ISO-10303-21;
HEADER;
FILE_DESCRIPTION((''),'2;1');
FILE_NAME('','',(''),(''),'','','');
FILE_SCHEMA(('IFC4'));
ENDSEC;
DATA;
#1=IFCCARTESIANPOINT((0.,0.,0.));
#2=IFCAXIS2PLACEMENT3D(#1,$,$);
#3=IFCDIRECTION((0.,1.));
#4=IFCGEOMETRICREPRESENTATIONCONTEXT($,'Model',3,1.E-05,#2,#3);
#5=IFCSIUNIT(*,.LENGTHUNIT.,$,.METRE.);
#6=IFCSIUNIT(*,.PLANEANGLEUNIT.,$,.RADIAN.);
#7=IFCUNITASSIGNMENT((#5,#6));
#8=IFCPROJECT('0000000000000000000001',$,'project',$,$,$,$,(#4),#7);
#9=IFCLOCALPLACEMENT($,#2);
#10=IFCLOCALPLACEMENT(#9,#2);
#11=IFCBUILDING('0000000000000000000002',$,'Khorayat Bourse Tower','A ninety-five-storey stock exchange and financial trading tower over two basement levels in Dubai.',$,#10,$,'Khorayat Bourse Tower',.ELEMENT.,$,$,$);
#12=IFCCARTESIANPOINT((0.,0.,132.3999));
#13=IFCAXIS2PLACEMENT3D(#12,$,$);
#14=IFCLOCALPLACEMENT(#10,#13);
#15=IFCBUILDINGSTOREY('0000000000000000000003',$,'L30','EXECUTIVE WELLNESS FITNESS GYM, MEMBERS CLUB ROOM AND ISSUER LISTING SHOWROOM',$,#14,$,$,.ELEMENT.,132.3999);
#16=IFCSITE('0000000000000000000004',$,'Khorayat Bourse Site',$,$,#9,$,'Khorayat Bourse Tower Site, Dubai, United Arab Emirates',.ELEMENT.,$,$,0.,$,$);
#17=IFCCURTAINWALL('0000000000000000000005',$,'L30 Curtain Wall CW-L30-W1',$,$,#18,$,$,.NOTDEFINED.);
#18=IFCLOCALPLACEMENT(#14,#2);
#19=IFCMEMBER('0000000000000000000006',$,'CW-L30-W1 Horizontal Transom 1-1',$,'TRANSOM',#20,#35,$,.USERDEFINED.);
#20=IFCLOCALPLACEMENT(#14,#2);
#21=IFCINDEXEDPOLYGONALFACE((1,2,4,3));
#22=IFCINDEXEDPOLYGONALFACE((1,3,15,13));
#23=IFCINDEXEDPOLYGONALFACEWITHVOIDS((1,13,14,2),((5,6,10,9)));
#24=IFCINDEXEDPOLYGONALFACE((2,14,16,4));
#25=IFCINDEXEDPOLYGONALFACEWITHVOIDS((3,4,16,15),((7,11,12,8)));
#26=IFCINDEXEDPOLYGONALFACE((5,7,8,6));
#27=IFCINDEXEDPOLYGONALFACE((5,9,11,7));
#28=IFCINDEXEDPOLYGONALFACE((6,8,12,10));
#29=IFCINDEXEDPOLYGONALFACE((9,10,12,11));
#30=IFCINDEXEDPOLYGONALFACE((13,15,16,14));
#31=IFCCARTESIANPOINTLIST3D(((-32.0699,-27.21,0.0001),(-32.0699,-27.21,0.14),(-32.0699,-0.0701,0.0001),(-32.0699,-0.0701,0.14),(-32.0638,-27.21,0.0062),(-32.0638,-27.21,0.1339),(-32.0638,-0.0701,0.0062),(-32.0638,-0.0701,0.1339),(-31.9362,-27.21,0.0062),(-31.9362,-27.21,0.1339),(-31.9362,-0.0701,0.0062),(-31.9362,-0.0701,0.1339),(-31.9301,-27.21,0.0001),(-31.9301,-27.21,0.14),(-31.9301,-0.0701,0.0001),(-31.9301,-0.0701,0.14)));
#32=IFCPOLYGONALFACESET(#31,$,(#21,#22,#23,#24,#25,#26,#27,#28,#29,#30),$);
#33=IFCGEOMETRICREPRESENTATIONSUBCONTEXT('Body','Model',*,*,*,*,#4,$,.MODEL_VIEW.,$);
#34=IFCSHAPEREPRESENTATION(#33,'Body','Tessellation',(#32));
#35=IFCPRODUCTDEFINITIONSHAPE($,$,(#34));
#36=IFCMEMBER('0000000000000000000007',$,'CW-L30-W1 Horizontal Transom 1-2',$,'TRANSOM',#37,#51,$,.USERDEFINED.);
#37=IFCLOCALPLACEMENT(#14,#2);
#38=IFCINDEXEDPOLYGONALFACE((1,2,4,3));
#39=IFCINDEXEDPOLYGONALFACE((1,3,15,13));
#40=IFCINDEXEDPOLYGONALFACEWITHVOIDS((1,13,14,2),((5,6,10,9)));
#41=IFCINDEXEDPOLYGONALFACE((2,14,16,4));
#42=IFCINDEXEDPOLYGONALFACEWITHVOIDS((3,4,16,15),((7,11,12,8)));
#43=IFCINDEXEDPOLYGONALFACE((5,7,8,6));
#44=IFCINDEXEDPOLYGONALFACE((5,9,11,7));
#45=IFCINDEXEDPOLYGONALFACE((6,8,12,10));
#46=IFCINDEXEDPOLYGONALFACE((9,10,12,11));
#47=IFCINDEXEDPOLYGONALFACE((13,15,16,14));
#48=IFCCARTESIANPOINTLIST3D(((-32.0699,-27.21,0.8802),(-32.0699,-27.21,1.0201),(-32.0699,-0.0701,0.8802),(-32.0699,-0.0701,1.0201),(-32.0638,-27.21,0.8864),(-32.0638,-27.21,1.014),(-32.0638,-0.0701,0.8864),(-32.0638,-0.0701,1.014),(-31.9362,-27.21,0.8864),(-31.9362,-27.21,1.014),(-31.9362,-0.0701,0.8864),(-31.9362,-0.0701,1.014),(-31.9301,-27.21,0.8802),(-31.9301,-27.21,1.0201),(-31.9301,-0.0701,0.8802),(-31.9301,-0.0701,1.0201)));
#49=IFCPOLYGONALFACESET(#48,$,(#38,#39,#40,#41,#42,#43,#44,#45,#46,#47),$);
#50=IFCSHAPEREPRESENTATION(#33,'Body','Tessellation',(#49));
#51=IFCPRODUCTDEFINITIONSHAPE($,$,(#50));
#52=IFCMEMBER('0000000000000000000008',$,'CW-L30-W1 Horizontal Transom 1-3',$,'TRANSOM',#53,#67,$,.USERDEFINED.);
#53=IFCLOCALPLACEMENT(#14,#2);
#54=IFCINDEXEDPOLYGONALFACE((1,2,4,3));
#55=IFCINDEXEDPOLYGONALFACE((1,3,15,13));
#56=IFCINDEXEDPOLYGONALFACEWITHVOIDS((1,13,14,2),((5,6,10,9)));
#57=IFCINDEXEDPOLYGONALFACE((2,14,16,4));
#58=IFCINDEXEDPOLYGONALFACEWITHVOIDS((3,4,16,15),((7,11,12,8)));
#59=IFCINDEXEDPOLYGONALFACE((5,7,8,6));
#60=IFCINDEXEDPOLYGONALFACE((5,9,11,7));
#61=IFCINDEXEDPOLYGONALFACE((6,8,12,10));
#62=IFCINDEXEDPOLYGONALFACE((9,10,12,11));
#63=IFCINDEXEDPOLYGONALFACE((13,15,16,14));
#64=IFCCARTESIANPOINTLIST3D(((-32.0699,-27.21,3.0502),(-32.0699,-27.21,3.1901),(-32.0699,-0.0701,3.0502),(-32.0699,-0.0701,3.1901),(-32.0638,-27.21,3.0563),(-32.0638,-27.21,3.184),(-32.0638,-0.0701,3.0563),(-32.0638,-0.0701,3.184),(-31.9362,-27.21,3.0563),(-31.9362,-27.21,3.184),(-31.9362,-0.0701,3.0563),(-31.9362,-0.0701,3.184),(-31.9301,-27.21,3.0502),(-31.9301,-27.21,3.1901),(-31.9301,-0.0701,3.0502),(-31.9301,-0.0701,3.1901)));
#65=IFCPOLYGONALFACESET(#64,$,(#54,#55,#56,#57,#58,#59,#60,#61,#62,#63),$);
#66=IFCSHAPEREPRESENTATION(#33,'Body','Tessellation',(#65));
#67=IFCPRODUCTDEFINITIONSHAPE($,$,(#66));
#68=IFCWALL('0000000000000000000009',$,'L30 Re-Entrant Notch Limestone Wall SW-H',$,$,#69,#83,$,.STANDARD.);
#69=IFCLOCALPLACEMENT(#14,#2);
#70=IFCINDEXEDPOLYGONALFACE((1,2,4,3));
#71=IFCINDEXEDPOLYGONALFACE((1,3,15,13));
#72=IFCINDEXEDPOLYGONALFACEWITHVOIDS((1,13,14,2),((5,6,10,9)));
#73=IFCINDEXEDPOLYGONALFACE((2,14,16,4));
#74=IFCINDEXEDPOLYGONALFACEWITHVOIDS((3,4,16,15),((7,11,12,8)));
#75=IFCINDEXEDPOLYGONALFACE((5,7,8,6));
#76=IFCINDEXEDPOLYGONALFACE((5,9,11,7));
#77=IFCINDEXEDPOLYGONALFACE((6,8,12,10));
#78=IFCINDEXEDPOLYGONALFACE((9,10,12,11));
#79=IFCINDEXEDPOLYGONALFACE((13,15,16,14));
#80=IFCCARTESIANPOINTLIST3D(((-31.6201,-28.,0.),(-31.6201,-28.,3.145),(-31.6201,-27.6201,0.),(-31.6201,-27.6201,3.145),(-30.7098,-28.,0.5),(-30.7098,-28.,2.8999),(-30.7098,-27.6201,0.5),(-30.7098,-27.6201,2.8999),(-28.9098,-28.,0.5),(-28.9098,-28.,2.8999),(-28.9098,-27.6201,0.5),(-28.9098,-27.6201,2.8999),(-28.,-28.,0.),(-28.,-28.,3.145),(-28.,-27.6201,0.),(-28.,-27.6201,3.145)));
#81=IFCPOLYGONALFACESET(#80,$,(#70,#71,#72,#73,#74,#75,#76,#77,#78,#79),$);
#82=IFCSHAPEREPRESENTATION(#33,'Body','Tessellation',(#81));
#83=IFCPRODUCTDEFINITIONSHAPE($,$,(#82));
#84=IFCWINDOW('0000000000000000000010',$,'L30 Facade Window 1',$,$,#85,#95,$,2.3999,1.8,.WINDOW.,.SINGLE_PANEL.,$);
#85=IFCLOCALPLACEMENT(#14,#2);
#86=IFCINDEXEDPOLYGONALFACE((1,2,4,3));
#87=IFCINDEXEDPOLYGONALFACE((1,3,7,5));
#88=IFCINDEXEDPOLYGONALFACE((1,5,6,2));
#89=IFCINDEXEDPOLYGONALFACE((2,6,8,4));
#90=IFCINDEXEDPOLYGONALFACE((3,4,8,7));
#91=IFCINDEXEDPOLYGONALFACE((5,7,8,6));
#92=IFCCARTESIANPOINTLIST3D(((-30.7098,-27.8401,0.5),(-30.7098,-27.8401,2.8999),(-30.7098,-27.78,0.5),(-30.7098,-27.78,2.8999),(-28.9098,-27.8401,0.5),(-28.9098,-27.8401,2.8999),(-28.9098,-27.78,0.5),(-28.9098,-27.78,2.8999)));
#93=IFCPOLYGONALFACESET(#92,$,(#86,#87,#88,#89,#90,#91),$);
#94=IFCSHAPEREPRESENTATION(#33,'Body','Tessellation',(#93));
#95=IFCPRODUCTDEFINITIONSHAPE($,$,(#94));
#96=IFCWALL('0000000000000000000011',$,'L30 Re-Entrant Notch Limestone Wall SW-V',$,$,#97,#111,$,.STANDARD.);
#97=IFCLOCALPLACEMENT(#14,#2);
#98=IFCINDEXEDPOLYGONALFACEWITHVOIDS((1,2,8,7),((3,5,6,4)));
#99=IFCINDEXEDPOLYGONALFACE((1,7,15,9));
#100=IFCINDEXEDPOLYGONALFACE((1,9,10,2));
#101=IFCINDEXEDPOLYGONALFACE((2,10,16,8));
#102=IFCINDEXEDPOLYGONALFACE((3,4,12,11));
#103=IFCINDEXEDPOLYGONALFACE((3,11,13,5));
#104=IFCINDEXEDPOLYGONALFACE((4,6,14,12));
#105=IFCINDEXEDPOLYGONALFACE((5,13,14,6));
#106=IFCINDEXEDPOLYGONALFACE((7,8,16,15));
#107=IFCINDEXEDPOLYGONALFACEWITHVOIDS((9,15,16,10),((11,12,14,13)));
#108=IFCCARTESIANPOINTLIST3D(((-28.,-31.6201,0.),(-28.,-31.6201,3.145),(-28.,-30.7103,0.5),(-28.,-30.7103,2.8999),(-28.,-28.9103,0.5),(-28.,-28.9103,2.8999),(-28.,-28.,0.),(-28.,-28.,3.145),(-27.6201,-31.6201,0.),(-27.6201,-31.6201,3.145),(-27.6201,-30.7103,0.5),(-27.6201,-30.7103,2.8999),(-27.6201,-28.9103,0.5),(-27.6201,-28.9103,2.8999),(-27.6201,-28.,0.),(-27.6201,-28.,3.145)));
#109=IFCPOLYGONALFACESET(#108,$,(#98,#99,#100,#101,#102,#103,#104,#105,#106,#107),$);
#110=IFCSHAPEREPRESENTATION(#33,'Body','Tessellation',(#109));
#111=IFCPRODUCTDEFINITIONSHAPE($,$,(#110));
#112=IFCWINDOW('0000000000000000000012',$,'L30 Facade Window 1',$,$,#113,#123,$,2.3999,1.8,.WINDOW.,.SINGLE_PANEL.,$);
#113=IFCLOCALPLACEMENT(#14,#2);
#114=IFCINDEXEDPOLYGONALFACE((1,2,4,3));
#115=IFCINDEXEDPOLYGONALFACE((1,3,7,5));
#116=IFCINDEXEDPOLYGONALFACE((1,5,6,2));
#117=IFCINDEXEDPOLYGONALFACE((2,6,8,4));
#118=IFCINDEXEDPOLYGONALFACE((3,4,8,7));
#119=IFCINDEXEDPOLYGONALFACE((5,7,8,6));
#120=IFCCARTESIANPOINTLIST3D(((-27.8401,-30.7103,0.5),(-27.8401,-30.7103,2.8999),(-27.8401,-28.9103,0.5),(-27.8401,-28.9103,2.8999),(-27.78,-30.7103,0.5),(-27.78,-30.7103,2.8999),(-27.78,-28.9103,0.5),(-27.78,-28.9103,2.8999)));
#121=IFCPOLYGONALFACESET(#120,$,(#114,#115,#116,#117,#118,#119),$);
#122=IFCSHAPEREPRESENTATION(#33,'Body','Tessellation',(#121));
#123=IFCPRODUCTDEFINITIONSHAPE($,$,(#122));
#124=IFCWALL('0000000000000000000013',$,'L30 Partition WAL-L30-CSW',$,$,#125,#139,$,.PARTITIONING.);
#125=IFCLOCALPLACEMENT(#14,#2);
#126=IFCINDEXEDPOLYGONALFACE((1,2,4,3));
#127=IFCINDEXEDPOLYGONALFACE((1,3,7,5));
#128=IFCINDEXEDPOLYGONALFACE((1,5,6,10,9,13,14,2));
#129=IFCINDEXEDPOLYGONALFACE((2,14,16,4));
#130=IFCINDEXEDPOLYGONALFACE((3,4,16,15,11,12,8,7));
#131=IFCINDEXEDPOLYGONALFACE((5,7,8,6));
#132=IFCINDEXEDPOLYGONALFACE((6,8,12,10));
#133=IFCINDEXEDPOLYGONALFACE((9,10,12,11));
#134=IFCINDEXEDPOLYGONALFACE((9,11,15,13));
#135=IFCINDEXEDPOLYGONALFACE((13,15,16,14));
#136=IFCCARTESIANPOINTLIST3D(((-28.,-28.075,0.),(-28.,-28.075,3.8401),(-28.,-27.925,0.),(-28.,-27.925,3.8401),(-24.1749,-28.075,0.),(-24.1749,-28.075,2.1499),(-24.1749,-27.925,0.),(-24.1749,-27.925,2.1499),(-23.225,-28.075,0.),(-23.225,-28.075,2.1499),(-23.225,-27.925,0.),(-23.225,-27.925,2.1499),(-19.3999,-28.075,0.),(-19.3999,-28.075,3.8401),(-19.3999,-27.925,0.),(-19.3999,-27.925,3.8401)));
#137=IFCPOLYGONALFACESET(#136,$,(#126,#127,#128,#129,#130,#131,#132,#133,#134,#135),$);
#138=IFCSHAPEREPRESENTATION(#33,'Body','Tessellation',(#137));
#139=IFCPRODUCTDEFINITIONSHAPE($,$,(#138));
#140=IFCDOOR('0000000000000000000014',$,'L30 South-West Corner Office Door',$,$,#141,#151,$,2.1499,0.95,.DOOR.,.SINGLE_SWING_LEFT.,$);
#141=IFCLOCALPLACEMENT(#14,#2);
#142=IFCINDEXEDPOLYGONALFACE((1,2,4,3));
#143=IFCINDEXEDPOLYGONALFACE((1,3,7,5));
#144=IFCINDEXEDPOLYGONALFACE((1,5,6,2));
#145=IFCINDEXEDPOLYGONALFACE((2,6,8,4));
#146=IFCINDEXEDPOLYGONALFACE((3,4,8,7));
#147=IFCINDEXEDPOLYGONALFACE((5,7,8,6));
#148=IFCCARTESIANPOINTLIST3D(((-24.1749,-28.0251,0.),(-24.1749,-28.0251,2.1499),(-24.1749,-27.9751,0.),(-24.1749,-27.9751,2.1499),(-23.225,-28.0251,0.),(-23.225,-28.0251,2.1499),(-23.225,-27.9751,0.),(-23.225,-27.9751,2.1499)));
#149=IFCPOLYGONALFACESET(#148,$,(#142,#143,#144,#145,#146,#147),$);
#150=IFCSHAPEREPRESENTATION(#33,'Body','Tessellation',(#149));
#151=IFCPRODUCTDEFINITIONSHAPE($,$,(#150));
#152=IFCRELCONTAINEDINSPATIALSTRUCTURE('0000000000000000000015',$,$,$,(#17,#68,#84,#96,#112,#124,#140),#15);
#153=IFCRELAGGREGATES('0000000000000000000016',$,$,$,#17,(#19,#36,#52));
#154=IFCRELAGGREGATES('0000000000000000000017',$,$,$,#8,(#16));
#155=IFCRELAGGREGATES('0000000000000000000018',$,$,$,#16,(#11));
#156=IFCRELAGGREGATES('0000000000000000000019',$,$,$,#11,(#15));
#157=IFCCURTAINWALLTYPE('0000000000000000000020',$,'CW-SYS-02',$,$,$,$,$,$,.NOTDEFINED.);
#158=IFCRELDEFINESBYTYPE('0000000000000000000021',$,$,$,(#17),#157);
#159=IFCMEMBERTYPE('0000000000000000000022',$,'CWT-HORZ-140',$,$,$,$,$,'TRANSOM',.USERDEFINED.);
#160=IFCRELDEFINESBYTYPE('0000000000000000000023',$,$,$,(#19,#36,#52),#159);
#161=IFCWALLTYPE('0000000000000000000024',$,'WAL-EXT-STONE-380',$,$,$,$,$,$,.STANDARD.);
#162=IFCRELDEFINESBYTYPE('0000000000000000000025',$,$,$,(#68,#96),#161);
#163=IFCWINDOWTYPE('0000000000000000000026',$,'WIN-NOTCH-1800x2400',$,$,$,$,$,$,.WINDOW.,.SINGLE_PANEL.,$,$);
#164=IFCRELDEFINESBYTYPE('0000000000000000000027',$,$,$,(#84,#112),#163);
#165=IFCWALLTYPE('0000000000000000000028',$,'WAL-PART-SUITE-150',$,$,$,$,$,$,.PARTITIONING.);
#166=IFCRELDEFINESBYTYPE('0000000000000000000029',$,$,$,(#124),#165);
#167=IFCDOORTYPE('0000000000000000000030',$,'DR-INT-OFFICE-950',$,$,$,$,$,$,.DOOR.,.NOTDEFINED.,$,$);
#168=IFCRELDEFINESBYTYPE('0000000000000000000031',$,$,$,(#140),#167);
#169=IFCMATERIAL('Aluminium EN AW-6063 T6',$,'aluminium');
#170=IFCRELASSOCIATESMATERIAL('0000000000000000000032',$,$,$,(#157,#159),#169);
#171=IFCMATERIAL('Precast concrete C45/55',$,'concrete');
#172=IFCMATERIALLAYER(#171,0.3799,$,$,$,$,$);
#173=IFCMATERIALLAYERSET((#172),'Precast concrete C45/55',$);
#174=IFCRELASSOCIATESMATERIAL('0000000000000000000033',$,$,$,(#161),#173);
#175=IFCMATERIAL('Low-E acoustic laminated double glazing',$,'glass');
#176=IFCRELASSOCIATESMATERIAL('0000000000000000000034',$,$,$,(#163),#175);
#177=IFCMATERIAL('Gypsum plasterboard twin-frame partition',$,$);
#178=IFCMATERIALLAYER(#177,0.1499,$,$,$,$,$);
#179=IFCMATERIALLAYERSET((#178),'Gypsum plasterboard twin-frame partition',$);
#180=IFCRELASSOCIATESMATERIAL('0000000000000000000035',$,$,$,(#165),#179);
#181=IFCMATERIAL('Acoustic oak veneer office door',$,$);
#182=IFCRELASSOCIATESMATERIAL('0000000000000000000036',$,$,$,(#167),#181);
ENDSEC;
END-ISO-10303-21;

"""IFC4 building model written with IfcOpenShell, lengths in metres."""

from ifc_helpers import new_model, si_unit, direction, frame, frame_2d, origin, origin_2d, place, context, subcontext, project, spatial, rectangle, hollow_rectangle, extrude, source, transform, mapped, material, layer, layer_set, material_profile, profile_set, type_object, element, fill, aggregate, save


model = new_model("IFC4")

# Units and contexts
model_context = context("Model", 3, precision=1e-05, world=origin(), true_north=direction((0.0, 1.0)))
body_context = subcontext(model_context, "Body", "Model", "MODEL_VIEW")
ifc_project = project(units=[si_unit("LENGTHUNIT", "METRE"), si_unit("PLANEANGLEUNIT", "RADIAN")], contexts=[model_context])

# Site, building, storey
site_placement = place(None, origin())
site = spatial("IfcSite", under=ifc_project, at=site_placement, Name="Khorayat Bourse Site", LongName="Khorayat Bourse Tower Site, Dubai, United Arab Emirates", CompositionType="ELEMENT", RefElevation=0.0)
building_placement = place(site_placement, origin())
building = spatial("IfcBuilding", under=site, at=building_placement, Name="Khorayat Bourse Tower", Description="A ninety-five-storey stock exchange and financial trading tower over two basement levels in Dubai.", LongName="Khorayat Bourse Tower", CompositionType="ELEMENT")
storey_placement = place(building_placement, frame((0.0, 0.0, 132.3999)))
storey = spatial("IfcBuildingStorey", under=building, at=storey_placement, Name="L30", Description="EXECUTIVE WELLNESS FITNESS GYM, MEMBERS CLUB ROOM AND ISSUER LISTING SHOWROOM", CompositionType="ELEMENT", Elevation=132.3999)

# Curtain wall
ifc_material_1 = material(Name="Aluminium EN AW-6063 T6", Category="aluminium")
curtain_wall_type = type_object("IfcCurtainWallType", Name="CW-SYS-02", PredefinedType="NOTDEFINED", material=ifc_material_1)
curtain_wall_1_placement = place(storey_placement, origin())
curtain_wall_1 = element("IfcCurtainWall", 1, at=curtain_wall_1_placement, inside=storey, type_object=curtain_wall_type, Name="L30 Curtain Wall CW-L30-W1", PredefinedType="NOTDEFINED")

# Members
ifc_material_profile_1 = material_profile(ifc_material_1, hollow_rectangle(XDim=0.1399, YDim=0.1399, WallThickness=0.0061, at=origin_2d()), Name="ALU 140x140x6")
ifc_profile_set_1 = profile_set([ifc_material_profile_1], Name="Aluminium EN AW-6063 T6")
member_type_1 = type_object("IfcMemberType", Name="CWT-HORZ-140", ElementType="TRANSOM", PredefinedType="USERDEFINED", material=ifc_profile_set_1)
shared_shape_1 = source(origin(), body_context, "Body", "SweptSolid", [
    extrude(hollow_rectangle(XDim=0.1399, YDim=0.1399, WallThickness=0.0061, at=origin_2d()), origin(), (0.0, 0.0, 1.0), 27.1399),
])
member_1_placement = place(storey_placement, frame((-32.0, -27.21, 0.0701), z_axis=(0.0, 1.0, 0.0), x_axis=(-1.0, 0.0, 0.0)))
member_1 = element("IfcMember", 2, at=member_1_placement, type_object=member_type_1, Name="CW-L30-W1 Horizontal Transom 1-1", ObjectType="TRANSOM", PredefinedType="USERDEFINED", context=body_context, shape_type="MappedRepresentation", body=[
    mapped(shared_shape_1, transform((0.0, 0.0, 0.0), scale=1.0)),
])
member_2_placement = place(storey_placement, frame((-32.0, -27.21, 0.9502), z_axis=(0.0, 1.0, 0.0), x_axis=(-1.0, 0.0, 0.0)))
member_2 = element("IfcMember", 3, at=member_2_placement, type_object=member_type_1, Name="CW-L30-W1 Horizontal Transom 1-2", ObjectType="TRANSOM", PredefinedType="USERDEFINED", context=body_context, shape_type="MappedRepresentation", body=[
    mapped(shared_shape_1, transform((0.0, 0.0, 0.0), scale=1.0)),
])
member_3_placement = place(storey_placement, frame((-32.0, -27.21, 3.1201), z_axis=(0.0, 1.0, 0.0), x_axis=(-1.0, 0.0, 0.0)))
member_3 = element("IfcMember", 4, at=member_3_placement, type_object=member_type_1, Name="CW-L30-W1 Horizontal Transom 1-3", ObjectType="TRANSOM", PredefinedType="USERDEFINED", context=body_context, shape_type="MappedRepresentation", body=[
    mapped(shared_shape_1, transform((0.0, 0.0, 0.0), scale=1.0)),
])
aggregate(curtain_wall_1, [member_1, member_2, member_3])

# Walls, openings, windows
ifc_material_2 = material(Name="Precast concrete C45/55", Category="concrete")
ifc_layer_1 = layer(ifc_material_2, 0.3799)
ifc_layer_set_1 = layer_set([ifc_layer_1], Name="Precast concrete C45/55")
wall_type_1 = type_object("IfcWallType", Name="WAL-EXT-STONE-380", PredefinedType="STANDARD", material=ifc_layer_set_1)
shared_shape_2 = source(origin(), body_context, "Body", "SweptSolid", [
    extrude(rectangle(XDim=3.6201, YDim=0.3799, at=frame_2d((1.8101, 0.0))), origin(), (0.0, 0.0, 1.0), 3.145),
])
wall_1_placement = place(storey_placement, frame((-28.0, -27.8101, 0.0), z_axis=(0.0, 0.0, 1.0), x_axis=(-1.0, 0.0, 0.0)))
wall_1 = element("IfcWall", 5, at=wall_1_placement, inside=storey, type_object=wall_type_1, Name="L30 Re-Entrant Notch Limestone Wall SW-H", PredefinedType="STANDARD", context=body_context, shape_type="MappedRepresentation", body=[
    mapped(shared_shape_2, transform((0.0, 0.0, 0.0), scale=1.0)),
])
shared_shape_3 = source(origin(), body_context, "Body", "SweptSolid", [
    extrude(rectangle(XDim=1.8, YDim=2.3999, at=frame_2d((0.8999, 1.2))), frame((0.0, 0.2, 0.0), z_axis=(0.0, -1.0, 0.0), x_axis=(1.0, 0.0, 0.0)), (0.0, 0.0, 1.0), 0.3999),
])
opening_1_placement = place(wall_1_placement, frame((0.9099, 0.0, 0.5)))
opening_1 = element("IfcOpeningElement", 6, at=opening_1_placement, cuts=wall_1, PredefinedType="OPENING", context=body_context, shape_type="MappedRepresentation", body=[
    mapped(shared_shape_3, transform((0.0, 0.0, 0.0), scale=1.0)),
])
ifc_material_3 = material(Name="Low-E acoustic laminated double glazing", Category="glass")
window_type = type_object("IfcWindowType", Name="WIN-NOTCH-1800x2400", PartitioningType="SINGLE_PANEL", PredefinedType="WINDOW", material=ifc_material_3)
shared_shape_4 = source(origin(), body_context, "Body", "SweptSolid", [
    extrude(rectangle(XDim=1.8, YDim=2.3999, at=frame_2d((0.8999, 1.2))), frame((0.0, 0.03, 0.0), z_axis=(0.0, -1.0, 0.0), x_axis=(1.0, 0.0, 0.0)), (0.0, 0.0, 1.0), 0.0601),
])
window_1_placement = place(opening_1_placement, origin())
window_1 = element("IfcWindow", 7, at=window_1_placement, inside=storey, type_object=window_type, Name="L30 Facade Window 1", OverallHeight=2.3999, OverallWidth=1.8, PartitioningType="SINGLE_PANEL", PredefinedType="WINDOW", context=body_context, shape_type="MappedRepresentation", body=[
    mapped(shared_shape_4, transform((0.0, 0.0, 0.0), scale=1.0)),
])
fill(opening_1, window_1)
wall_2_placement = place(storey_placement, frame((-27.8101, -31.6201, 0.0), z_axis=(0.0, 0.0, 1.0), x_axis=(0.0, 1.0, 0.0)))
wall_2 = element("IfcWall", 8, at=wall_2_placement, inside=storey, type_object=wall_type_1, Name="L30 Re-Entrant Notch Limestone Wall SW-V", PredefinedType="STANDARD", context=body_context, shape_type="MappedRepresentation", body=[
    mapped(shared_shape_2, transform((0.0, 0.0, 0.0), scale=1.0)),
])
opening_2_placement = place(wall_2_placement, frame((0.9099, 0.0, 0.5)))
opening_2 = element("IfcOpeningElement", 9, at=opening_2_placement, cuts=wall_2, PredefinedType="OPENING", context=body_context, shape_type="MappedRepresentation", body=[
    mapped(shared_shape_3, transform((0.0, 0.0, 0.0), scale=1.0)),
])
window_2_placement = place(opening_2_placement, origin())
window_2 = element("IfcWindow", 10, at=window_2_placement, inside=storey, type_object=window_type, Name="L30 Facade Window 1", OverallHeight=2.3999, OverallWidth=1.8, PartitioningType="SINGLE_PANEL", PredefinedType="WINDOW", context=body_context, shape_type="MappedRepresentation", body=[
    mapped(shared_shape_4, transform((0.0, 0.0, 0.0), scale=1.0)),
])
fill(opening_2, window_2)

# Wall, opening, door
ifc_material_4 = material(Name="Gypsum plasterboard twin-frame partition")
ifc_layer_2 = layer(ifc_material_4, 0.1499)
ifc_layer_set_2 = layer_set([ifc_layer_2], Name="Gypsum plasterboard twin-frame partition")
wall_type_2 = type_object("IfcWallType", Name="WAL-PART-SUITE-150", PredefinedType="PARTITIONING", material=ifc_layer_set_2)
shared_shape_5 = source(origin(), body_context, "Body", "SweptSolid", [
    extrude(rectangle(XDim=8.6001, YDim=0.1499, at=frame_2d((4.3, 0.0))), origin(), (0.0, 0.0, 1.0), 3.8401),
])
wall_3_placement = place(storey_placement, frame((-28.0, -28.0, 0.0), z_axis=(0.0, 0.0, 1.0), x_axis=(1.0, 0.0, 0.0)))
wall_3 = element("IfcWall", 11, at=wall_3_placement, inside=storey, type_object=wall_type_2, Name="L30 Partition WAL-L30-CSW", PredefinedType="PARTITIONING", context=body_context, shape_type="MappedRepresentation", body=[
    mapped(shared_shape_5, transform((0.0, 0.0, 0.0), scale=1.0)),
])
shared_shape_6 = source(origin(), body_context, "Body", "SweptSolid", [
    extrude(rectangle(XDim=0.95, YDim=2.1499, at=frame_2d((0.4751, 1.075))), frame((0.0, 0.085, 0.0), z_axis=(0.0, -1.0, 0.0), x_axis=(1.0, 0.0, 0.0)), (0.0, 0.0, 1.0), 0.1699),
])
opening_3_placement = place(wall_3_placement, frame((3.825, 0.0, 0.0)))
opening_3 = element("IfcOpeningElement", 12, at=opening_3_placement, cuts=wall_3, PredefinedType="OPENING", context=body_context, shape_type="MappedRepresentation", body=[
    mapped(shared_shape_6, transform((0.0, 0.0, 0.0), scale=1.0)),
])
ifc_material_5 = material(Name="Acoustic oak veneer office door")
door_type = type_object("IfcDoorType", Name="DR-INT-OFFICE-950", OperationType="NOTDEFINED", PredefinedType="DOOR", material=ifc_material_5)
shared_shape_7 = source(origin(), body_context, "Body", "SweptSolid", [
    extrude(rectangle(XDim=0.95, YDim=2.1499, at=frame_2d((0.4751, 1.075))), frame((0.0, 0.0249, 0.0), z_axis=(0.0, -1.0, 0.0), x_axis=(1.0, 0.0, 0.0)), (0.0, 0.0, 1.0), 0.05),
])
door_1_placement = place(opening_3_placement, origin())
door_1 = element("IfcDoor", 13, at=door_1_placement, inside=storey, type_object=door_type, Name="L30 South-West Corner Office Door", OperationType="SINGLE_SWING_LEFT", OverallHeight=2.1499, OverallWidth=0.95, PredefinedType="DOOR", context=body_context, shape_type="MappedRepresentation", body=[
    mapped(shared_shape_7, transform((0.0, 0.0, 0.0), scale=1.0)),
])
fill(opening_3, door_1)

save(model, "model.ifc")
